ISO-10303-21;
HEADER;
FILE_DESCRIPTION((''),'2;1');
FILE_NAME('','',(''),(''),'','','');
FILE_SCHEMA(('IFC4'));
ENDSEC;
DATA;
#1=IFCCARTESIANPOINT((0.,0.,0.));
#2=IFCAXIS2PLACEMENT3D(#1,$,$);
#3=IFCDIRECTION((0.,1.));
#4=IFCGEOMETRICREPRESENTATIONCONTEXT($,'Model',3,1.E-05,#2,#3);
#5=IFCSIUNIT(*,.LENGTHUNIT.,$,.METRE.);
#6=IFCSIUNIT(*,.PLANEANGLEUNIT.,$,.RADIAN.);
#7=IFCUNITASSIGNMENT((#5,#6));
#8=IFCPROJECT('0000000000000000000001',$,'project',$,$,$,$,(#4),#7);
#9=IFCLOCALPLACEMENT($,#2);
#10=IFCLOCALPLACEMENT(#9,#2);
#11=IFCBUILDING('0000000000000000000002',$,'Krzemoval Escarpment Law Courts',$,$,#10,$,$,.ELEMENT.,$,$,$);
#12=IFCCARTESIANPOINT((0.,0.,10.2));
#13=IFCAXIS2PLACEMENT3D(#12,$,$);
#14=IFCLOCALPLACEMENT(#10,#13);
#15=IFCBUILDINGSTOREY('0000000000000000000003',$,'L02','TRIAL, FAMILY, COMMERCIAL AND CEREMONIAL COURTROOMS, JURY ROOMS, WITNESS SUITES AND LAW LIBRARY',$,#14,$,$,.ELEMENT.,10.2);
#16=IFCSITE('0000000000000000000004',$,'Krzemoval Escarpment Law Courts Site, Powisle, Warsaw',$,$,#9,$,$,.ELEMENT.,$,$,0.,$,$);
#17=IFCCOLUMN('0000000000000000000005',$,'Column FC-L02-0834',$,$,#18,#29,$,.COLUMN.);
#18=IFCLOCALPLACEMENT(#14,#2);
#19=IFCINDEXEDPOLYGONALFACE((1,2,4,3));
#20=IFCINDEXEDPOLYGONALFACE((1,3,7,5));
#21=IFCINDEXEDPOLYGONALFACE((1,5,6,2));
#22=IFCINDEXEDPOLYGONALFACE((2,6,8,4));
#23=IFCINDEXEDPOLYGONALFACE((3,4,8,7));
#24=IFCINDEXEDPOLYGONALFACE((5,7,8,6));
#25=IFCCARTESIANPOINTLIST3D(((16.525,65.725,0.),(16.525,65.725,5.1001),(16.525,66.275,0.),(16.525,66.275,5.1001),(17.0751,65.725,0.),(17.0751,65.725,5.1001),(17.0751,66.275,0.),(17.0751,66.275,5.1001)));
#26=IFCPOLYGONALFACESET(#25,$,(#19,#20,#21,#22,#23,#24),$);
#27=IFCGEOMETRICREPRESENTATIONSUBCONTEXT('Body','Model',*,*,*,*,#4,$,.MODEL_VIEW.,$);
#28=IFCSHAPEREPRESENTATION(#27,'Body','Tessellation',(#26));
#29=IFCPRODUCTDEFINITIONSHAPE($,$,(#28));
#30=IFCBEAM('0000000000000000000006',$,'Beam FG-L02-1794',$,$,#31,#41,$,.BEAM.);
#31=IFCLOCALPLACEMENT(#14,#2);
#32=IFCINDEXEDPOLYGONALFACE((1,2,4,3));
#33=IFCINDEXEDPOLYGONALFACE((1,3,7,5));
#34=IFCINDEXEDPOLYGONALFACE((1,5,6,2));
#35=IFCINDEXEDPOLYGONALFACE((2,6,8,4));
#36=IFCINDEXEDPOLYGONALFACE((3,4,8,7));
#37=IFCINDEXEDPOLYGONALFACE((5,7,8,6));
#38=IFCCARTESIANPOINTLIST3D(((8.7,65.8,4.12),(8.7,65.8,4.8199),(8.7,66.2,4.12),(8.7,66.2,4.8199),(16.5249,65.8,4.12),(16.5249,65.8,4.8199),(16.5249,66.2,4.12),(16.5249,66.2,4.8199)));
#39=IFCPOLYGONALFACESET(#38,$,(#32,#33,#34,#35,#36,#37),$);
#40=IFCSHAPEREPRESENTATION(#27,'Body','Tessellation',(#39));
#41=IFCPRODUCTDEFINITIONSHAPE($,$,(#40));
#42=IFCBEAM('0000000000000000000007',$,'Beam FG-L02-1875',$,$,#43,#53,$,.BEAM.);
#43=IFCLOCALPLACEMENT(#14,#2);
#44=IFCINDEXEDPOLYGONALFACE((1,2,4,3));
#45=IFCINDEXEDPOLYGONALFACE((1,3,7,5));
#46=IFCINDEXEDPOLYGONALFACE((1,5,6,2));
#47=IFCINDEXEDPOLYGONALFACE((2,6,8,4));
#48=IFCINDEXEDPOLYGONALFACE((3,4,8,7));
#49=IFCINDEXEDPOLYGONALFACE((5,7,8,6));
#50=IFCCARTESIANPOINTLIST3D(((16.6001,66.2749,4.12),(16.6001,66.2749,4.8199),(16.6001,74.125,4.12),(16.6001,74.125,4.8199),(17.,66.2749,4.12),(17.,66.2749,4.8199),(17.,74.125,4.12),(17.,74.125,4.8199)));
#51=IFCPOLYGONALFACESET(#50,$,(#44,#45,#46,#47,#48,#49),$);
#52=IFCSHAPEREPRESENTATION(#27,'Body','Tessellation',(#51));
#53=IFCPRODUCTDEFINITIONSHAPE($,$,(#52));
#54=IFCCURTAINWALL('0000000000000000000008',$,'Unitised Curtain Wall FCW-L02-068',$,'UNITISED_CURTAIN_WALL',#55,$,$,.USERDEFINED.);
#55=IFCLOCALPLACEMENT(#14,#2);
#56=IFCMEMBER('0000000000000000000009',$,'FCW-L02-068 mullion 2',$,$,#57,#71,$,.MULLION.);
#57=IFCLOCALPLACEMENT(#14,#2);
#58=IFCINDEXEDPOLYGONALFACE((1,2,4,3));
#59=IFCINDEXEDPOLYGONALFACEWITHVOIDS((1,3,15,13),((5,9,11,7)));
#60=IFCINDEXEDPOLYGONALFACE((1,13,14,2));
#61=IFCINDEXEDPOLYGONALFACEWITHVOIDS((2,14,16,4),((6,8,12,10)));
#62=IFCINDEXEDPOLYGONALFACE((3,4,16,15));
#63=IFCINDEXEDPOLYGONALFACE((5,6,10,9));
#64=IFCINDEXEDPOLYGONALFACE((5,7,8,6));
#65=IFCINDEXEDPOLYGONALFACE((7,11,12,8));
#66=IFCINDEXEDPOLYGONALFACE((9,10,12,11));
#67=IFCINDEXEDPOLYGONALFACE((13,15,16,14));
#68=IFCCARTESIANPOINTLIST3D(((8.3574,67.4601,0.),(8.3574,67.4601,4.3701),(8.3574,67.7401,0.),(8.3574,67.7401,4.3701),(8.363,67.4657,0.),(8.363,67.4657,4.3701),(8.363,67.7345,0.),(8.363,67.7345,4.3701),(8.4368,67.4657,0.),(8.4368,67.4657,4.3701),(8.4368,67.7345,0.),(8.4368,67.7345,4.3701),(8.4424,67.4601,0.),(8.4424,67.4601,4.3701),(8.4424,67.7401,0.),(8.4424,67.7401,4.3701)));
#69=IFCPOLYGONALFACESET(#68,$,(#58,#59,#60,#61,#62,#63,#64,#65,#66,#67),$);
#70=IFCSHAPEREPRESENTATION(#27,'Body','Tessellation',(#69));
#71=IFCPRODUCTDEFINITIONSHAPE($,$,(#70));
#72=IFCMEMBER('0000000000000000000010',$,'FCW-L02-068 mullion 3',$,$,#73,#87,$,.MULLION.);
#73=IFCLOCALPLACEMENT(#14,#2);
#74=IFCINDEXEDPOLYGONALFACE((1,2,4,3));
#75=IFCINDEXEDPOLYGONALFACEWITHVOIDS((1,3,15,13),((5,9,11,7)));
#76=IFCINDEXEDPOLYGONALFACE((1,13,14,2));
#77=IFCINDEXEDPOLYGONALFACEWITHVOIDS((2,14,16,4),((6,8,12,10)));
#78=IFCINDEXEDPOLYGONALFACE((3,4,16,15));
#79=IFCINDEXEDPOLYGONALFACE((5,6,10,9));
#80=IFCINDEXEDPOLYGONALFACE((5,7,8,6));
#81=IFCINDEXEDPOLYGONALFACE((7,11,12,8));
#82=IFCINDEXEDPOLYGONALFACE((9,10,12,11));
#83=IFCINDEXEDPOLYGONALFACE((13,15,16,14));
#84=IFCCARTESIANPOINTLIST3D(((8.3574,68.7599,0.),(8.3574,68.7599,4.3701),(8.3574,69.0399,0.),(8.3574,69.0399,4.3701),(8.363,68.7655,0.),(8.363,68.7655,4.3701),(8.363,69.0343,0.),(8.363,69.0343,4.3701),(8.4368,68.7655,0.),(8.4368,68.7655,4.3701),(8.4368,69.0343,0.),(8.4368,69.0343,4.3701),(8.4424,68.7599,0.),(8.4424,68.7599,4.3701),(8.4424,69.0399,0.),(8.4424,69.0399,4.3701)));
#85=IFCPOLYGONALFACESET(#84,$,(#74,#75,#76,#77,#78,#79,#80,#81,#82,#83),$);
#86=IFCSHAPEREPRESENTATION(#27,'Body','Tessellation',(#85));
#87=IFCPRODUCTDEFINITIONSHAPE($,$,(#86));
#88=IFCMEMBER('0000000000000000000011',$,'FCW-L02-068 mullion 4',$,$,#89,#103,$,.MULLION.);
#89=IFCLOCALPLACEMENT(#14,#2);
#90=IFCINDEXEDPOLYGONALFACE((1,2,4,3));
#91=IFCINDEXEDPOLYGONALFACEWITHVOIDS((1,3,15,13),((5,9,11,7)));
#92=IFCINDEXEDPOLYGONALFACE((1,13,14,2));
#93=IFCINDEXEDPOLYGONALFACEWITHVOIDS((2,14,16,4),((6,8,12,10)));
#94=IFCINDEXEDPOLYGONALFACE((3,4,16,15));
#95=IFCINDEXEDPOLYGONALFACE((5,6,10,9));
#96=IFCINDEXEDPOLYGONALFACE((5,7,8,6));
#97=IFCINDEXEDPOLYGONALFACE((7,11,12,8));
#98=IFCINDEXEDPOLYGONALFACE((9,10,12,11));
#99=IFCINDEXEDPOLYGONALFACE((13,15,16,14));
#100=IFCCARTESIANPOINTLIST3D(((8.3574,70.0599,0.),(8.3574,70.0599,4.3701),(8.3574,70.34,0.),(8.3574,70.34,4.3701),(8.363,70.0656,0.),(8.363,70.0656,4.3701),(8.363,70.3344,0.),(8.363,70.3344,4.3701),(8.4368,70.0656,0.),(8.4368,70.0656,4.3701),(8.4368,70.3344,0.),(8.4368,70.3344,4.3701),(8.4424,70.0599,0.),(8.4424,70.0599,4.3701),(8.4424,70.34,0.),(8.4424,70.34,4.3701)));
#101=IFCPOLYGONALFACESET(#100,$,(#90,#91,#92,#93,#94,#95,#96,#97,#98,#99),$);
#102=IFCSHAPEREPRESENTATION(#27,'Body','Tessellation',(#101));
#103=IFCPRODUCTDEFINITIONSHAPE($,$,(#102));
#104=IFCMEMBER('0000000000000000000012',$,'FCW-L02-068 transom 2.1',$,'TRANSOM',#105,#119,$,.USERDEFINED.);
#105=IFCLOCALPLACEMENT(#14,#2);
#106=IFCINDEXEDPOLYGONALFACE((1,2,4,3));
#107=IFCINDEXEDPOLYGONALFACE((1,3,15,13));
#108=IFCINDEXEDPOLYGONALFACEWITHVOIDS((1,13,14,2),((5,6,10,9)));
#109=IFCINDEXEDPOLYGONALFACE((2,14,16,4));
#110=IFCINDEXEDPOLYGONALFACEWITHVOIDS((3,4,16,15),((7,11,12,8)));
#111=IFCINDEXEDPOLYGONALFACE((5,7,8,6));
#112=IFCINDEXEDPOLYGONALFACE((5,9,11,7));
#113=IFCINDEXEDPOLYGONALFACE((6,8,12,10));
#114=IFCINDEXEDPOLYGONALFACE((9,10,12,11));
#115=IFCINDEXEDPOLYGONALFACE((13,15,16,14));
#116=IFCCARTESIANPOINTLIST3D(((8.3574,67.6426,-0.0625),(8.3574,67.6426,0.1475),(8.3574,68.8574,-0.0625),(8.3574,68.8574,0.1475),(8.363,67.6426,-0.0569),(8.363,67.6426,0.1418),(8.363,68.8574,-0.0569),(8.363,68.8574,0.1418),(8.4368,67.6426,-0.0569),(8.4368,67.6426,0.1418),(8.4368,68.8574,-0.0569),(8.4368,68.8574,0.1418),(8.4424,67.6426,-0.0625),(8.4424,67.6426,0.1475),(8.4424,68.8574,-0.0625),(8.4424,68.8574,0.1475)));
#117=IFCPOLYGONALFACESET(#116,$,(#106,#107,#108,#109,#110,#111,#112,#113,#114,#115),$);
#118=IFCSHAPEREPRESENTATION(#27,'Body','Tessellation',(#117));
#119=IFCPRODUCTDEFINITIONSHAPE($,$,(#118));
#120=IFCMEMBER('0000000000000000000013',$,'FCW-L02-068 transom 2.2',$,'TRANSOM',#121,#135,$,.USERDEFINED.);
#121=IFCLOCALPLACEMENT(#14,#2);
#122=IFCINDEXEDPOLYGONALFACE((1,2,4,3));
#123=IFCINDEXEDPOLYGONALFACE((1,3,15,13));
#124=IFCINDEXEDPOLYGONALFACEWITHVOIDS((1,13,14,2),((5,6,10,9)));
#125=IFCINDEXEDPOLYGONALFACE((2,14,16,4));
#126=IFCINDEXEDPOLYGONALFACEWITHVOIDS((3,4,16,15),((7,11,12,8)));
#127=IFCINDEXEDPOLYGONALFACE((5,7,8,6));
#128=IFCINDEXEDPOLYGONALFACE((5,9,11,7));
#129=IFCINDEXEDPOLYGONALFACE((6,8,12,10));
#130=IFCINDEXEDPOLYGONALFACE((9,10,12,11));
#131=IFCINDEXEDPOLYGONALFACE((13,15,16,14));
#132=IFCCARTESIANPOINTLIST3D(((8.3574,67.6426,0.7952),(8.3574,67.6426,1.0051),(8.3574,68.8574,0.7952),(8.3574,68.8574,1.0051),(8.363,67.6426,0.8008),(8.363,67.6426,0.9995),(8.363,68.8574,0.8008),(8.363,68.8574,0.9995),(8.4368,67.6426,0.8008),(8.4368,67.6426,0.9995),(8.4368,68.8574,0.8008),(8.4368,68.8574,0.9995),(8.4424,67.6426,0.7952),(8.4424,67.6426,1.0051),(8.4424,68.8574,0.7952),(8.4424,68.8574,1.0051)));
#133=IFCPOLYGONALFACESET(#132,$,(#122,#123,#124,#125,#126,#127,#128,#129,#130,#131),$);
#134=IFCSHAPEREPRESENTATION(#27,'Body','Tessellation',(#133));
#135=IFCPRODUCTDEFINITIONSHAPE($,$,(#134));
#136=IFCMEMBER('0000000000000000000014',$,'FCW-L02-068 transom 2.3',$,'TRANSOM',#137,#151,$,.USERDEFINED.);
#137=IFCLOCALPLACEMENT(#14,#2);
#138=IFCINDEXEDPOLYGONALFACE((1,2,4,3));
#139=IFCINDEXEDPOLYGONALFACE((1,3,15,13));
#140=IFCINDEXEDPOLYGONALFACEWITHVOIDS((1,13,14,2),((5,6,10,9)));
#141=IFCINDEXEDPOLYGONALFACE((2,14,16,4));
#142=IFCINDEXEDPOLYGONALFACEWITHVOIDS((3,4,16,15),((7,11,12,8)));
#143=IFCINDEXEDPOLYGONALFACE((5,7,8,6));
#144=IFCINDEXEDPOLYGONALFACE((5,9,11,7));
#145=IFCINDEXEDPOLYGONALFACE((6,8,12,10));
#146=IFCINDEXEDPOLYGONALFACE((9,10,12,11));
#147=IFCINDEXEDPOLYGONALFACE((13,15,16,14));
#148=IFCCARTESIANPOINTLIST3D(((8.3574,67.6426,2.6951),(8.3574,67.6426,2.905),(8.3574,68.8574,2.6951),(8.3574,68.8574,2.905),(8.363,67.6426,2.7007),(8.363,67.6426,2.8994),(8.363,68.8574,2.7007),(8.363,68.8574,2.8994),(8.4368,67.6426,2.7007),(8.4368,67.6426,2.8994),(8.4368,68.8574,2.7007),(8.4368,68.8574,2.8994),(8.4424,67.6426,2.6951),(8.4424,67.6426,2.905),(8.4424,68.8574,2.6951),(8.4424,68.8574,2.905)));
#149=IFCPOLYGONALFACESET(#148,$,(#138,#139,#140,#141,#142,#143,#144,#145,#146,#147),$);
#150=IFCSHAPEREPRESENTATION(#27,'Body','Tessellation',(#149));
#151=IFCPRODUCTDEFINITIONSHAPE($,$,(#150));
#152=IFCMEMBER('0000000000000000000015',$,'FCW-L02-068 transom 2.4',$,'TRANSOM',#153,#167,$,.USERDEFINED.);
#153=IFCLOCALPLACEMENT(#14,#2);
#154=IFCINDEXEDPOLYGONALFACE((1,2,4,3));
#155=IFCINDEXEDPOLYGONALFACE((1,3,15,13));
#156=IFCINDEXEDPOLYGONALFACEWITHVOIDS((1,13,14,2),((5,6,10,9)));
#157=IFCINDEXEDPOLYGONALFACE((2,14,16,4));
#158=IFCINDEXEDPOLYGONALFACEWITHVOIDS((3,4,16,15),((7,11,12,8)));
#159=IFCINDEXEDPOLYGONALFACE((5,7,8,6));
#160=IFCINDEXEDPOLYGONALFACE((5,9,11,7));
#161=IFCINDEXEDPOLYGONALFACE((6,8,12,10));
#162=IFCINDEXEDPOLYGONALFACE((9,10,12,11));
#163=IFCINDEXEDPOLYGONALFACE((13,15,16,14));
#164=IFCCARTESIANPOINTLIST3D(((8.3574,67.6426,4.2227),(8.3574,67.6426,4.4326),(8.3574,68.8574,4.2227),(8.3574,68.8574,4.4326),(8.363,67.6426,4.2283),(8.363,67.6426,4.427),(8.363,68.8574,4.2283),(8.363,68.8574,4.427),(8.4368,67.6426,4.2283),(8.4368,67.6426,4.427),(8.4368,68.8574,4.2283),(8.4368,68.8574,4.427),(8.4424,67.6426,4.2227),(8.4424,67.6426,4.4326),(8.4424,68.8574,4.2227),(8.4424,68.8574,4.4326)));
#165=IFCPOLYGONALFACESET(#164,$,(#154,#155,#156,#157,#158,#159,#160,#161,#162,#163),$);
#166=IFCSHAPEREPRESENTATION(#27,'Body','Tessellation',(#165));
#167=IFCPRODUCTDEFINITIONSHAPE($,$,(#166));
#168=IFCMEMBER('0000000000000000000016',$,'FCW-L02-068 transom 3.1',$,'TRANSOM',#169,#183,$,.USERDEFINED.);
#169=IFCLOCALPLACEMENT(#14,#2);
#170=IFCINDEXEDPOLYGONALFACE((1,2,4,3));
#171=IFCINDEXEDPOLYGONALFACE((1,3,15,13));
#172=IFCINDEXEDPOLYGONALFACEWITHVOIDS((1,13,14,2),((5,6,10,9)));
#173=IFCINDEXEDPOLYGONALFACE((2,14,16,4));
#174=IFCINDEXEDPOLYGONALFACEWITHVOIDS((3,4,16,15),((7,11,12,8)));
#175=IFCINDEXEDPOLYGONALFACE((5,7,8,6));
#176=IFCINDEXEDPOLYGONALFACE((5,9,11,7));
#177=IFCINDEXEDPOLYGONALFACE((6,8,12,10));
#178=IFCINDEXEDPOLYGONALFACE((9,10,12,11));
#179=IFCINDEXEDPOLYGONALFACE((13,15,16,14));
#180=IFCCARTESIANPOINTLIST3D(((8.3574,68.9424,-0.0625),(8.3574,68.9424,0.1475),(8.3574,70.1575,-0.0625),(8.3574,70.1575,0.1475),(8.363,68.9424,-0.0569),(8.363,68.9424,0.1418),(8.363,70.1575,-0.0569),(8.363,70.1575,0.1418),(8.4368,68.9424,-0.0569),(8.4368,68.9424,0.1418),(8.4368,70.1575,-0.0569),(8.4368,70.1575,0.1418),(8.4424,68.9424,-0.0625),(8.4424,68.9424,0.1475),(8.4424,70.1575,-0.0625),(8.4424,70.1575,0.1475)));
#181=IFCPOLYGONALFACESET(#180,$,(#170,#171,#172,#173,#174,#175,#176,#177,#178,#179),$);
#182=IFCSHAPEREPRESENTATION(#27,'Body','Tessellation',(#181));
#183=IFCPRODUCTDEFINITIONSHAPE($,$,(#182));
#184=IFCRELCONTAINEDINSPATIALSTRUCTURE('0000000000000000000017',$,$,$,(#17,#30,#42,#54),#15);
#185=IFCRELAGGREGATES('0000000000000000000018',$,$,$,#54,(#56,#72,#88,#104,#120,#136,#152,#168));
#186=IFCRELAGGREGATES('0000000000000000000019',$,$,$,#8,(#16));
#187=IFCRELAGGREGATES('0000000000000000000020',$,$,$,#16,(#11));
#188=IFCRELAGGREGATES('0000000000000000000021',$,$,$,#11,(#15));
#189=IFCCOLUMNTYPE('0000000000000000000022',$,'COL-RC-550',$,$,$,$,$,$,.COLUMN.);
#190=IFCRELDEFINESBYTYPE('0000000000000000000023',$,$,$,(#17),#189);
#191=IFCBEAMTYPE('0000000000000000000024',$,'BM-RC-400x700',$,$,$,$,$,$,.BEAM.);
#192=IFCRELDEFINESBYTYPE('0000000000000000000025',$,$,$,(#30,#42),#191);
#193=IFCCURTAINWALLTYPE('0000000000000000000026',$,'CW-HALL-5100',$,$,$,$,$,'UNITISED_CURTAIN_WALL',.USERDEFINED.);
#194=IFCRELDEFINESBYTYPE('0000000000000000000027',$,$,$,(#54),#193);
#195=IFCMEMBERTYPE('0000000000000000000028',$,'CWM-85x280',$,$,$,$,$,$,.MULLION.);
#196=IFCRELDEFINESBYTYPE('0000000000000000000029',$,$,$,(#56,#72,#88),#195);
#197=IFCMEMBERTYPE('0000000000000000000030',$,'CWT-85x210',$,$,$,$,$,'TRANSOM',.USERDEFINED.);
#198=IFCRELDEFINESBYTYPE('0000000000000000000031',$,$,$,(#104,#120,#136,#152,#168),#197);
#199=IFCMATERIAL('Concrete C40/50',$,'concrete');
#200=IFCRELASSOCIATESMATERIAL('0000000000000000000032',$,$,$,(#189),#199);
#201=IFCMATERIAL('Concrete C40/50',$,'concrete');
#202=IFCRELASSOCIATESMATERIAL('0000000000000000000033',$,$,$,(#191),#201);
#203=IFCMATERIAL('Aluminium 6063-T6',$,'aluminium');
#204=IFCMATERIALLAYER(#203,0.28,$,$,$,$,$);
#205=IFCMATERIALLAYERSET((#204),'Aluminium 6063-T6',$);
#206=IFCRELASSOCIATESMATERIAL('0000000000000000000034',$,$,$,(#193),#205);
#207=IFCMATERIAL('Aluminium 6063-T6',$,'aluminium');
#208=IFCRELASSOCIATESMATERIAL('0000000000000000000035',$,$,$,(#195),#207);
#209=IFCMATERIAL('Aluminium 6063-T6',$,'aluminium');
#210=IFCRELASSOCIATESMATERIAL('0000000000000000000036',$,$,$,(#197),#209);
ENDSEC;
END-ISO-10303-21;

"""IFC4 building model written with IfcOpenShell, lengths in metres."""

from ifc_helpers import new_model, si_unit, direction, frame, origin, origin_2d, place, context, subcontext, project, spatial, rectangle, hollow_rectangle, extrude, material, layer, layer_set, material_profile, profile_set, type_object, element, aggregate, save


model = new_model("IFC4")

# Units and contexts
model_context = context("Model", 3, precision=1e-05, world=origin(), true_north=direction((0.0, 1.0)))
body_context = subcontext(model_context, "Body", "Model", "MODEL_VIEW")
ifc_project = project(units=[si_unit("LENGTHUNIT", "METRE"), si_unit("PLANEANGLEUNIT", "RADIAN")], contexts=[model_context])

# Site, building, storey
site_placement = place(None, origin())
site = spatial("IfcSite", under=ifc_project, at=site_placement, Name="Krzemoval Escarpment Law Courts Site, Powisle, Warsaw", CompositionType="ELEMENT", RefElevation=0.0)
building_placement = place(site_placement, origin())
building = spatial("IfcBuilding", under=site, at=building_placement, Name="Krzemoval Escarpment Law Courts", CompositionType="ELEMENT")
storey_placement = place(building_placement, frame((0.0, 0.0, 10.2)))
storey = spatial("IfcBuildingStorey", under=building, at=storey_placement, Name="L02", Description="TRIAL, FAMILY, COMMERCIAL AND CEREMONIAL COURTROOMS, JURY ROOMS, WITNESS SUITES AND LAW LIBRARY", CompositionType="ELEMENT", Elevation=10.2)

# Column
ifc_material_1 = material(Name="Concrete C40/50", Category="concrete")
ifc_material_profile_1 = material_profile(ifc_material_1, rectangle(XDim=0.55, YDim=0.55, at=origin_2d()), Name="RC 550x550")
ifc_profile_set_1 = profile_set([ifc_material_profile_1], Name="Concrete C40/50")
column_type = type_object("IfcColumnType", Name="COL-RC-550", PredefinedType="COLUMN", material=ifc_profile_set_1)
column_placement = place(storey_placement, frame((16.8, 66.0, 0.0), z_axis=(0.0, 0.0, 1.0), x_axis=(1.0, 0.0, 0.0)))
element("IfcColumn", 1, at=column_placement, inside=storey, type_object=column_type, Name="Column FC-L02-0834", PredefinedType="COLUMN", context=body_context, shape_type="SweptSolid", body=[
    extrude(rectangle(XDim=0.55, YDim=0.55, at=origin_2d()), origin(), (0.0, 0.0, 1.0), 5.1001),
])

# Beams
ifc_material_2 = material(Name="Concrete C40/50", Category="concrete")
ifc_material_profile_2 = material_profile(ifc_material_2, rectangle(XDim=0.3999, YDim=0.7, at=origin_2d()), Name="RCB 400x700")
ifc_profile_set_2 = profile_set([ifc_material_profile_2], Name="Concrete C40/50")
beam_type_1 = type_object("IfcBeamType", Name="BM-RC-400x700", PredefinedType="BEAM", material=ifc_profile_set_2)
beam_1_placement = place(storey_placement, frame((8.7, 66.0, 4.47), z_axis=(1.0, 0.0, 0.0), x_axis=(0.0, 1.0, 0.0)))
element("IfcBeam", 2, at=beam_1_placement, inside=storey, type_object=beam_type_1, Name="Beam FG-L02-1794", PredefinedType="BEAM", context=body_context, shape_type="SweptSolid", body=[
    extrude(rectangle(XDim=0.3999, YDim=0.7, at=origin_2d()), origin(), (0.0, 0.0, 1.0), 7.825),
])
beam_2_placement = place(storey_placement, frame((16.8, 66.2749, 4.47), z_axis=(0.0, 1.0, 0.0), x_axis=(-1.0, 0.0, 0.0)))
element("IfcBeam", 3, at=beam_2_placement, inside=storey, type_object=beam_type_1, Name="Beam FG-L02-1875", PredefinedType="BEAM", context=body_context, shape_type="SweptSolid", body=[
    extrude(rectangle(XDim=0.3999, YDim=0.7, at=origin_2d()), origin(), (0.0, 0.0, 1.0), 7.8501),
])

# Curtain wall, members
ifc_material_3 = material(Name="Aluminium 6063-T6", Category="aluminium")
ifc_layer_1 = layer(ifc_material_3, 0.28)
ifc_layer_set_1 = layer_set([ifc_layer_1], Name="Aluminium 6063-T6")
curtain_wall_type = type_object("IfcCurtainWallType", Name="CW-HALL-5100", ElementType="UNITISED_CURTAIN_WALL", PredefinedType="USERDEFINED", material=ifc_layer_set_1)
curtain_wall_placement = place(storey_placement, origin())
curtain_wall = element("IfcCurtainWall", 4, at=curtain_wall_placement, inside=storey, type_object=curtain_wall_type, Name="Unitised Curtain Wall FCW-L02-068", ObjectType="UNITISED_CURTAIN_WALL", PredefinedType="USERDEFINED")
ifc_material_4 = material(Name="Aluminium 6063-T6", Category="aluminium")
ifc_material_profile_3 = material_profile(ifc_material_4, hollow_rectangle(XDim=0.085, YDim=0.28, WallThickness=0.0056, at=origin_2d()), Name="ALU M85x280")
ifc_profile_set_3 = profile_set([ifc_material_profile_3], Name="Aluminium 6063-T6")
member_type_1 = type_object("IfcMemberType", Name="CWM-85x280", PredefinedType="MULLION", material=ifc_profile_set_3)
member_1_placement = place(storey_placement, frame((8.3999, 67.6001, 0.0), z_axis=(0.0, 0.0, 1.0), x_axis=(-1.0, 0.0, 0.0)))
member_1 = element("IfcMember", 5, at=member_1_placement, type_object=member_type_1, Name="FCW-L02-068 mullion 2", PredefinedType="MULLION", context=body_context, shape_type="SweptSolid", body=[
    extrude(hollow_rectangle(XDim=0.085, YDim=0.28, WallThickness=0.0056, at=origin_2d()), origin(), (0.0, 0.0, 1.0), 4.3701),
])
member_2_placement = place(storey_placement, frame((8.3999, 68.8999, 0.0), z_axis=(0.0, 0.0, 1.0), x_axis=(-1.0, 0.0, 0.0)))
member_2 = element("IfcMember", 6, at=member_2_placement, type_object=member_type_1, Name="FCW-L02-068 mullion 3", PredefinedType="MULLION", context=body_context, shape_type="SweptSolid", body=[
    extrude(hollow_rectangle(XDim=0.085, YDim=0.28, WallThickness=0.0056, at=origin_2d()), origin(), (0.0, 0.0, 1.0), 4.3701),
])
member_3_placement = place(storey_placement, frame((8.3999, 70.2, 0.0), z_axis=(0.0, 0.0, 1.0), x_axis=(-1.0, 0.0, 0.0)))
member_3 = element("IfcMember", 7, at=member_3_placement, type_object=member_type_1, Name="FCW-L02-068 mullion 4", PredefinedType="MULLION", context=body_context, shape_type="SweptSolid", body=[
    extrude(hollow_rectangle(XDim=0.085, YDim=0.28, WallThickness=0.0056, at=origin_2d()), origin(), (0.0, 0.0, 1.0), 4.3701),
])
ifc_material_5 = material(Name="Aluminium 6063-T6", Category="aluminium")
ifc_material_profile_4 = material_profile(ifc_material_5, hollow_rectangle(XDim=0.085, YDim=0.21, WallThickness=0.0056, at=origin_2d()), Name="ALU T85x210")
ifc_profile_set_4 = profile_set([ifc_material_profile_4], Name="Aluminium 6063-T6")
member_type_2 = type_object("IfcMemberType", Name="CWT-85x210", ElementType="TRANSOM", PredefinedType="USERDEFINED", material=ifc_profile_set_4)
member_4_placement = place(storey_placement, frame((8.3999, 67.6426, 0.0425), z_axis=(0.0, 1.0, 0.0), x_axis=(-1.0, 0.0, 0.0)))
member_4 = element("IfcMember", 8, at=member_4_placement, type_object=member_type_2, Name="FCW-L02-068 transom 2.1", ObjectType="TRANSOM", PredefinedType="USERDEFINED", context=body_context, shape_type="SweptSolid", body=[
    extrude(hollow_rectangle(XDim=0.085, YDim=0.21, WallThickness=0.0056, at=origin_2d()), origin(), (0.0, 0.0, 1.0), 1.2148),
])
member_5_placement = place(storey_placement, frame((8.3999, 67.6426, 0.9001), z_axis=(0.0, 1.0, 0.0), x_axis=(-1.0, 0.0, 0.0)))
member_5 = element("IfcMember", 9, at=member_5_placement, type_object=member_type_2, Name="FCW-L02-068 transom 2.2", ObjectType="TRANSOM", PredefinedType="USERDEFINED", context=body_context, shape_type="SweptSolid", body=[
    extrude(hollow_rectangle(XDim=0.085, YDim=0.21, WallThickness=0.0056, at=origin_2d()), origin(), (0.0, 0.0, 1.0), 1.2148),
])
member_6_placement = place(storey_placement, frame((8.3999, 67.6426, 2.8), z_axis=(0.0, 1.0, 0.0), x_axis=(-1.0, 0.0, 0.0)))
member_6 = element("IfcMember", 10, at=member_6_placement, type_object=member_type_2, Name="FCW-L02-068 transom 2.3", ObjectType="TRANSOM", PredefinedType="USERDEFINED", context=body_context, shape_type="SweptSolid", body=[
    extrude(hollow_rectangle(XDim=0.085, YDim=0.21, WallThickness=0.0056, at=origin_2d()), origin(), (0.0, 0.0, 1.0), 1.2148),
])
member_7_placement = place(storey_placement, frame((8.3999, 67.6426, 4.3276), z_axis=(0.0, 1.0, 0.0), x_axis=(-1.0, 0.0, 0.0)))
member_7 = element("IfcMember", 11, at=member_7_placement, type_object=member_type_2, Name="FCW-L02-068 transom 2.4", ObjectType="TRANSOM", PredefinedType="USERDEFINED", context=body_context, shape_type="SweptSolid", body=[
    extrude(hollow_rectangle(XDim=0.085, YDim=0.21, WallThickness=0.0056, at=origin_2d()), origin(), (0.0, 0.0, 1.0), 1.2148),
])
member_8_placement = place(storey_placement, frame((8.3999, 68.9424, 0.0425), z_axis=(0.0, 1.0, 0.0), x_axis=(-1.0, 0.0, 0.0)))
member_8 = element("IfcMember", 12, at=member_8_placement, type_object=member_type_2, Name="FCW-L02-068 transom 3.1", ObjectType="TRANSOM", PredefinedType="USERDEFINED", context=body_context, shape_type="SweptSolid", body=[
    extrude(hollow_rectangle(XDim=0.085, YDim=0.21, WallThickness=0.0056, at=origin_2d()), origin(), (0.0, 0.0, 1.0), 1.2151),
])

aggregate(curtain_wall, [member_1, member_2, member_3, member_4, member_5, member_6, member_7, member_8])

save(model, "model.ifc")
